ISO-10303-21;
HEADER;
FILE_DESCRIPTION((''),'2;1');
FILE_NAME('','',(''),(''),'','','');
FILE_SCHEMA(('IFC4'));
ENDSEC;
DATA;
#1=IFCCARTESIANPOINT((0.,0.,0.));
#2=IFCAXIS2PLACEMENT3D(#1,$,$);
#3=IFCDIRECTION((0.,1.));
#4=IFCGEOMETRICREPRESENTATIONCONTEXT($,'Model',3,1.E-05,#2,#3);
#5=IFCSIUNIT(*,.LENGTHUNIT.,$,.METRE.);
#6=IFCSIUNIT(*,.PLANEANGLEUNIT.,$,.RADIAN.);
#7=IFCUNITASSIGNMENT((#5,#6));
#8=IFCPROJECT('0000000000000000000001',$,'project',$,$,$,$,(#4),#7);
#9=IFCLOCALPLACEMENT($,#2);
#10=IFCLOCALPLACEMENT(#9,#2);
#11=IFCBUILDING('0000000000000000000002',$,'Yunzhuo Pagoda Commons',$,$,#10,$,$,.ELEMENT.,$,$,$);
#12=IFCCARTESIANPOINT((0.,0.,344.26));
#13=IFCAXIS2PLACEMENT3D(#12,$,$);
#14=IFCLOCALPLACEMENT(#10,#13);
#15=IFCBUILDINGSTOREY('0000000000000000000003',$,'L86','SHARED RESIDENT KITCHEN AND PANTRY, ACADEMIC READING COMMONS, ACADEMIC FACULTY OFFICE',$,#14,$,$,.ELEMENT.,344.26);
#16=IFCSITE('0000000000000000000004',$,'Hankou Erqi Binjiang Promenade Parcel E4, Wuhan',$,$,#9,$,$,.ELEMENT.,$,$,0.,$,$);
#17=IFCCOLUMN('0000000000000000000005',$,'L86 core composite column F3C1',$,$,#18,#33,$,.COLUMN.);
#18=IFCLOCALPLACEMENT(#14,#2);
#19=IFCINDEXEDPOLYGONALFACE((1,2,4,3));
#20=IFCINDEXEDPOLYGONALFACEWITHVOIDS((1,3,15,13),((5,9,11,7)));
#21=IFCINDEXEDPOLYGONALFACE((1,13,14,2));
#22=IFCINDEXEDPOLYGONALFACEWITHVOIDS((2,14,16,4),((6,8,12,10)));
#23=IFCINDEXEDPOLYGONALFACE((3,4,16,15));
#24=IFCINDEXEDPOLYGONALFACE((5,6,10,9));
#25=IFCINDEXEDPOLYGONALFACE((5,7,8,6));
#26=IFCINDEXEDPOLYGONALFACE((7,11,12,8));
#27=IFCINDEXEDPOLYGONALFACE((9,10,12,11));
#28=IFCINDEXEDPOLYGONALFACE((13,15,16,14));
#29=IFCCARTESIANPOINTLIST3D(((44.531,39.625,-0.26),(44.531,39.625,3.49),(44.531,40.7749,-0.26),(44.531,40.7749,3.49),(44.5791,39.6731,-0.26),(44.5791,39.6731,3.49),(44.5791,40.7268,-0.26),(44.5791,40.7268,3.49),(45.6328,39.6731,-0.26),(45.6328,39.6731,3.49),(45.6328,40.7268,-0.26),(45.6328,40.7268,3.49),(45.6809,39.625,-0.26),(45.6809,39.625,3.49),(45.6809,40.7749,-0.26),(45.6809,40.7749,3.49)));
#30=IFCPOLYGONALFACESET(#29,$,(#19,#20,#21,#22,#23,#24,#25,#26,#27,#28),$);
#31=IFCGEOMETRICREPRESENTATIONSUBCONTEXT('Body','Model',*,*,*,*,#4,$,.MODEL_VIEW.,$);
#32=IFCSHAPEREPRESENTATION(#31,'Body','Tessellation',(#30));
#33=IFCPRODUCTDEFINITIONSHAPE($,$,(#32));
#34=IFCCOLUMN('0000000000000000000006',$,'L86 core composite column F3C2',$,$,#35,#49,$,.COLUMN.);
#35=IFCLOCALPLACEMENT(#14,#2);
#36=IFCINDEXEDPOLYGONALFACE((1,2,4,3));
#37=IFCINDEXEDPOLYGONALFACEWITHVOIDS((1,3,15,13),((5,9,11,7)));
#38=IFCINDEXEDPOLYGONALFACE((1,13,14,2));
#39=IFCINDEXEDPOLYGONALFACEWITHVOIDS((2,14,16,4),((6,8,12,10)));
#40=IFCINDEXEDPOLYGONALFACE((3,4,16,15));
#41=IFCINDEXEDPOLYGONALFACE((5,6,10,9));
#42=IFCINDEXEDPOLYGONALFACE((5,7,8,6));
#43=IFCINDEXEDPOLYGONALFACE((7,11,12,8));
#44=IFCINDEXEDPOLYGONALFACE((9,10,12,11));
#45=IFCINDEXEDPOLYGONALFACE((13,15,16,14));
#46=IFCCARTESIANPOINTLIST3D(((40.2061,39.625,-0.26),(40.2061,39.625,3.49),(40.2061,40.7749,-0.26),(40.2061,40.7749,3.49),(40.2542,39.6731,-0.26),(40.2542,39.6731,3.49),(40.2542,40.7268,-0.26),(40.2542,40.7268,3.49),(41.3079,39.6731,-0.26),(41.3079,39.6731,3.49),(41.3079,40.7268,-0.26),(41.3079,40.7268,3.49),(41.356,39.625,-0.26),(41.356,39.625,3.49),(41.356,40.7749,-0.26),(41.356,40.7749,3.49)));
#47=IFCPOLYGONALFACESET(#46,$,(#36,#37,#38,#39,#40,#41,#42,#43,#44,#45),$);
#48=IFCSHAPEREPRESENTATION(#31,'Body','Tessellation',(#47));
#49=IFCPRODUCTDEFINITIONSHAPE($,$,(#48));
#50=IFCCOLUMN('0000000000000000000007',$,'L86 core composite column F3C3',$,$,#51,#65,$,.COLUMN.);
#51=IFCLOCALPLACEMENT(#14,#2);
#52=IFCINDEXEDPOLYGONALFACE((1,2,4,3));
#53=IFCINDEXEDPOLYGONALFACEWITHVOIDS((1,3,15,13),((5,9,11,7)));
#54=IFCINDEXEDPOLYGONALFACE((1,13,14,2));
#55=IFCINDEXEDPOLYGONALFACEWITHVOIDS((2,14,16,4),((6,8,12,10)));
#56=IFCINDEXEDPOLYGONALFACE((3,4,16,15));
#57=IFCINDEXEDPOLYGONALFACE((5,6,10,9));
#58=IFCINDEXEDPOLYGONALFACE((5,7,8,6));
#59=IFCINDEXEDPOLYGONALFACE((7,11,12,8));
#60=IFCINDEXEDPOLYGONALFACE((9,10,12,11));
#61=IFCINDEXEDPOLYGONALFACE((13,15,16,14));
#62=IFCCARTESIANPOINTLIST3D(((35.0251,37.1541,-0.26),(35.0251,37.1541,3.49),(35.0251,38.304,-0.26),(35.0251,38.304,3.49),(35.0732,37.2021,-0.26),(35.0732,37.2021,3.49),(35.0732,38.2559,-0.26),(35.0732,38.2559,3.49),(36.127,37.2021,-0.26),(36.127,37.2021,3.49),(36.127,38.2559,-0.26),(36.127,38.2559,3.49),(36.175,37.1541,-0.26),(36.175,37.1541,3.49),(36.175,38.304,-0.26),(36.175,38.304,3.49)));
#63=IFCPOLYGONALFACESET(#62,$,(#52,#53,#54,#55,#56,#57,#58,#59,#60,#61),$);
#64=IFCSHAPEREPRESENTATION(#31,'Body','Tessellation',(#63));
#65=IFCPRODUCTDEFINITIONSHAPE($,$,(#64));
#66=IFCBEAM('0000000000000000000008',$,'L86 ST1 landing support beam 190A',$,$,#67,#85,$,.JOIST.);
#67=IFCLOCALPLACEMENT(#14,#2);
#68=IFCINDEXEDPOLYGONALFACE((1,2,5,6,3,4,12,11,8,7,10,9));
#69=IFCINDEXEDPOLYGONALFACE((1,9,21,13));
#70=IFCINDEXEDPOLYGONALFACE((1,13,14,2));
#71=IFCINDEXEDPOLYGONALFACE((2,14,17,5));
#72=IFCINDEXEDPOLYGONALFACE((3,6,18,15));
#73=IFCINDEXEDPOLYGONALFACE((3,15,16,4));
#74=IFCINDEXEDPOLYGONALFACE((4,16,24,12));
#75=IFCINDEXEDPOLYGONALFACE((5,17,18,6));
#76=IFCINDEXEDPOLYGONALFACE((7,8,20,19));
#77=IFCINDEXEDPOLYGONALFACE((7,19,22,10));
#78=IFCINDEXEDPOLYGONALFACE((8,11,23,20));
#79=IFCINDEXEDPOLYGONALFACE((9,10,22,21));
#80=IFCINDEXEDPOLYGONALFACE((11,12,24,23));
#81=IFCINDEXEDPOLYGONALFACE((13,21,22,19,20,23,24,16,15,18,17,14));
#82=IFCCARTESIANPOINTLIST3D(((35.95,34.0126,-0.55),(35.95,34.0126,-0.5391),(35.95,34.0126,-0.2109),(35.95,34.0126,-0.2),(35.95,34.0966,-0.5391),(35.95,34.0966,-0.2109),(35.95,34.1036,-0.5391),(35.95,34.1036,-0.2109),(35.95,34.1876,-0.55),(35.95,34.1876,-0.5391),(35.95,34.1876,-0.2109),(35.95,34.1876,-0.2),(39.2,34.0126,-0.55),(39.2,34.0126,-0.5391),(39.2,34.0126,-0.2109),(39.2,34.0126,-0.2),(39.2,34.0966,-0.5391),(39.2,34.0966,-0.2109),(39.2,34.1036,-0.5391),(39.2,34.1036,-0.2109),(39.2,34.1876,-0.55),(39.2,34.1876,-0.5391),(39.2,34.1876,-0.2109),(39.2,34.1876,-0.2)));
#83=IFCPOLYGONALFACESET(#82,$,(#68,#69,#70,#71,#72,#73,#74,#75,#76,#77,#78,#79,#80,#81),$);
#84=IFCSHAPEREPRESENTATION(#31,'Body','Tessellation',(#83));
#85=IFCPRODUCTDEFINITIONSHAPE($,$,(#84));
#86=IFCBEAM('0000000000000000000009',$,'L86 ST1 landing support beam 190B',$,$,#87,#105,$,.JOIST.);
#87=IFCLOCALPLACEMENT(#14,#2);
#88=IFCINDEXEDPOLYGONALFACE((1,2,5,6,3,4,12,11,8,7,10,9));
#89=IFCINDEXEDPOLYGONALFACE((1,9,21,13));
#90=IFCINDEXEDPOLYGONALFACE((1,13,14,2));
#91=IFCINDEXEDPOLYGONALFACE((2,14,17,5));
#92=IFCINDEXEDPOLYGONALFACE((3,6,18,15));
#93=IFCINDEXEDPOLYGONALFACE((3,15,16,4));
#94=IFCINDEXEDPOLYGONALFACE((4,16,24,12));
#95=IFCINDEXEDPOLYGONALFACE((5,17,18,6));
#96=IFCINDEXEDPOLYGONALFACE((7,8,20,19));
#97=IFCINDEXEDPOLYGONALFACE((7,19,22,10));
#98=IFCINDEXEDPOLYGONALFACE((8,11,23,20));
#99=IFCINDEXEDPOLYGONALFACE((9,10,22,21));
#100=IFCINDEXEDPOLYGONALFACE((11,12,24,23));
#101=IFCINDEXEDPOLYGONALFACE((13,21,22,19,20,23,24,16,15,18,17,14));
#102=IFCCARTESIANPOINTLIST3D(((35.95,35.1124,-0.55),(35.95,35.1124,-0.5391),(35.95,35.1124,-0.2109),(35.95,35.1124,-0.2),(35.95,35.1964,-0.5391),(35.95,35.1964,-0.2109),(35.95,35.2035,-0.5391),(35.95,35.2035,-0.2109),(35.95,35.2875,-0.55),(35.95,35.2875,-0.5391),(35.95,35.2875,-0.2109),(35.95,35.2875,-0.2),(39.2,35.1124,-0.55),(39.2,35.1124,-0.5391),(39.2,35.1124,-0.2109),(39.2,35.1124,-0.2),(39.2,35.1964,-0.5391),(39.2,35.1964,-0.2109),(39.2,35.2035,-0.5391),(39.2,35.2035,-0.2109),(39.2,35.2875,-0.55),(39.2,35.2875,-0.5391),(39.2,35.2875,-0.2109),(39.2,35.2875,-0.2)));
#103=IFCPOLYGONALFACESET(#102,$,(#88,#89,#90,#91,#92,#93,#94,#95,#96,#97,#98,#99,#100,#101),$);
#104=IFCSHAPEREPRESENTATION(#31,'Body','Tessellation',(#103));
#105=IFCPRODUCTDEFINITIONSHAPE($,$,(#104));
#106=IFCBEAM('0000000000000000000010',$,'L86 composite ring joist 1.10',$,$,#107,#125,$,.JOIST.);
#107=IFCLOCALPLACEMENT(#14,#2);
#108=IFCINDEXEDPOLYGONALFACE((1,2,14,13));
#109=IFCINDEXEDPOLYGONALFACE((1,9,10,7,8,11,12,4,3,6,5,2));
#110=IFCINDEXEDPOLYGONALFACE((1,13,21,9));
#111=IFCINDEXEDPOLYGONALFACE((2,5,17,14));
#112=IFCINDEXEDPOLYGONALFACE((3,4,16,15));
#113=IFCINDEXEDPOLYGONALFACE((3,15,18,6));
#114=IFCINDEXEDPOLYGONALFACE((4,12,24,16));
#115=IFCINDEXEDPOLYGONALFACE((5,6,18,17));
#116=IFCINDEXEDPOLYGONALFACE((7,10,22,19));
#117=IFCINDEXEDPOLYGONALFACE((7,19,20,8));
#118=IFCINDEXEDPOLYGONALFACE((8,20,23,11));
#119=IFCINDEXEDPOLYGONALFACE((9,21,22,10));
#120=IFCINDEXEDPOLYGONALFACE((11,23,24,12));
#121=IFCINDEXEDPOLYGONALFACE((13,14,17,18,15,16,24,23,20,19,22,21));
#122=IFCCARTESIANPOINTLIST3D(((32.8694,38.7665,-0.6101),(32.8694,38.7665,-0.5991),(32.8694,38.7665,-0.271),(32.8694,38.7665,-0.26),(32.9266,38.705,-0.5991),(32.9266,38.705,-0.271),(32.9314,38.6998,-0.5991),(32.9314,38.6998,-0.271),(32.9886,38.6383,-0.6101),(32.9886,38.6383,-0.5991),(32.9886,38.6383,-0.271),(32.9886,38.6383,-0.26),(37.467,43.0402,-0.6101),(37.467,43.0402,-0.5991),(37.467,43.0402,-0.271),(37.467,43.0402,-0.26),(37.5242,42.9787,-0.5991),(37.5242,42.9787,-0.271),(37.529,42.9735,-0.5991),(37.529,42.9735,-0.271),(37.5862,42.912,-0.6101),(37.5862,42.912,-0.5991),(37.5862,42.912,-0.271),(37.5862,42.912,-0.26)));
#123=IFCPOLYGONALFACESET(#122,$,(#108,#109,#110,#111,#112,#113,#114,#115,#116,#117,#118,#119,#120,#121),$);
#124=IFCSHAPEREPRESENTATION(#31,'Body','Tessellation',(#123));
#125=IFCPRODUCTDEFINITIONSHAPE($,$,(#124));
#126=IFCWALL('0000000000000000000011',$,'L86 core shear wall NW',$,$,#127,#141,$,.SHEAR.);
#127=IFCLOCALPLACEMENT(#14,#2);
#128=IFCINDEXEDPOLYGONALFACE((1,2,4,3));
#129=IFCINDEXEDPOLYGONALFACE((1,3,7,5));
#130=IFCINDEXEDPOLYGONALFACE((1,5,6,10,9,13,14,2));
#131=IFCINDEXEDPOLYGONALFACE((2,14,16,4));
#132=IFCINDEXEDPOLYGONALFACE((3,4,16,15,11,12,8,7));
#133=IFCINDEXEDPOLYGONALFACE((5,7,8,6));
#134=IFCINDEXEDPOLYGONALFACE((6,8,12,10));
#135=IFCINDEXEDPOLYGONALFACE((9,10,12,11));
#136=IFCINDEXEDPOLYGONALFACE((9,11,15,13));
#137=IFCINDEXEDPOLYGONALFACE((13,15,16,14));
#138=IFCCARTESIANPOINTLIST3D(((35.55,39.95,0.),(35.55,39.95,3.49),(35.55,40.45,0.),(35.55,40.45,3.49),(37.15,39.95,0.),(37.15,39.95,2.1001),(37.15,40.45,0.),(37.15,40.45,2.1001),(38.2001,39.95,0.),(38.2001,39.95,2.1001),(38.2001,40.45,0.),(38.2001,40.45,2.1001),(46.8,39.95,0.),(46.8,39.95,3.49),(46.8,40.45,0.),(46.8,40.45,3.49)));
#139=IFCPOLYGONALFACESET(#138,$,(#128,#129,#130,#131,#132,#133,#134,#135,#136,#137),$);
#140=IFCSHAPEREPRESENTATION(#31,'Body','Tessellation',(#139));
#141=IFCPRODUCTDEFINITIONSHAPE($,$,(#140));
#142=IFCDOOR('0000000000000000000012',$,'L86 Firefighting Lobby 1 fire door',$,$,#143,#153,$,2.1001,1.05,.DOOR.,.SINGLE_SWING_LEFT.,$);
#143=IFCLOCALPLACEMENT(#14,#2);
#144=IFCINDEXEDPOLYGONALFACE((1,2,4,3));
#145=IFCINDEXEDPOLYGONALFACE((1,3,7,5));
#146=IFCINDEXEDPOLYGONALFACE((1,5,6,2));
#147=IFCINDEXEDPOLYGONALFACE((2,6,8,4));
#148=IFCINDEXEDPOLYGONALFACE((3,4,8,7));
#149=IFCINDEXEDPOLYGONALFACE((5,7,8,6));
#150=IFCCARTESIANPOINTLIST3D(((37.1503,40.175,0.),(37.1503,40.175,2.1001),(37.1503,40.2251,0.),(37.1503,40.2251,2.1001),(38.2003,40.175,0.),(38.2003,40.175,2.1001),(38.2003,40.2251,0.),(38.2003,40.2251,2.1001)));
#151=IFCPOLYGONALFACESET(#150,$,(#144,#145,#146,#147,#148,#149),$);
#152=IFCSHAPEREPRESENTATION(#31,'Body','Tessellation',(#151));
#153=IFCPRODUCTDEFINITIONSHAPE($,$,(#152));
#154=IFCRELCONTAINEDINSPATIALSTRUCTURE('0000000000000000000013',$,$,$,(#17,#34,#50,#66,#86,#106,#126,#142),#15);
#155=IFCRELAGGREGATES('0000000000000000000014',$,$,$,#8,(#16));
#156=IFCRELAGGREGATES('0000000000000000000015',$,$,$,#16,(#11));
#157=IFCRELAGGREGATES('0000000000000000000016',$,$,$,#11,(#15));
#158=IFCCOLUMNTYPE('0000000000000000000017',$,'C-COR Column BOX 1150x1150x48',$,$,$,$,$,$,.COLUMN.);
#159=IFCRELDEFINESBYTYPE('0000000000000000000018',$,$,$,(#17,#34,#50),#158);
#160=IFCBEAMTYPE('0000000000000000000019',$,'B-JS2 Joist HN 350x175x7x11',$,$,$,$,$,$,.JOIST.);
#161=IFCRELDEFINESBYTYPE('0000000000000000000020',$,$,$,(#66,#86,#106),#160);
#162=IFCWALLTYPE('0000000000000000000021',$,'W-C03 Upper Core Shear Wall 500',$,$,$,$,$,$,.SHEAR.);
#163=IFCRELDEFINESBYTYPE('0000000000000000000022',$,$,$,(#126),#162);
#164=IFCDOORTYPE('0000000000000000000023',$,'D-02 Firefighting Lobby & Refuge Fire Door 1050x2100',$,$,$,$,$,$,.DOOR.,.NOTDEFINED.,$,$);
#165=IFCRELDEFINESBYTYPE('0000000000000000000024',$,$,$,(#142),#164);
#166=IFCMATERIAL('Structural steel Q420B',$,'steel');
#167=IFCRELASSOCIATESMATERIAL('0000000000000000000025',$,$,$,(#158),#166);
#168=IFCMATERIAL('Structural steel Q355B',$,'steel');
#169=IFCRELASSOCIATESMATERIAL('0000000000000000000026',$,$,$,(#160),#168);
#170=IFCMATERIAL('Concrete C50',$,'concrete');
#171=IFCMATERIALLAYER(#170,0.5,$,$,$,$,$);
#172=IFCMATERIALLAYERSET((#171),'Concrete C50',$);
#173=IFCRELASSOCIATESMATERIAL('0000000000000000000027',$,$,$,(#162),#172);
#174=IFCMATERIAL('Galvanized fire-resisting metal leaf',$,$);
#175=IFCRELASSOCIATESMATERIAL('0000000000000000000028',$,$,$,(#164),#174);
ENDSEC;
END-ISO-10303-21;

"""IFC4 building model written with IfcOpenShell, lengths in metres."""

from ifc_helpers import new_model, si_unit, direction, frame, frame_2d, origin, origin_2d, place, context, subcontext, project, spatial, rectangle, hollow_rectangle, i_section, extrude, source, transform, mapped, material, layer, layer_set, material_profile, profile_set, type_object, element, fill, save


model = new_model("IFC4")

# Units and contexts
model_context = context("Model", 3, precision=1e-05, world=origin(), true_north=direction((0.0, 1.0)))
body_context = subcontext(model_context, "Body", "Model", "MODEL_VIEW")
ifc_project = project(units=[si_unit("LENGTHUNIT", "METRE"), si_unit("PLANEANGLEUNIT", "RADIAN")], contexts=[model_context])

# Site, building, storey
site_placement = place(None, origin())
site = spatial("IfcSite", under=ifc_project, at=site_placement, Name="Hankou Erqi Binjiang Promenade Parcel E4, Wuhan", CompositionType="ELEMENT", RefElevation=0.0)
building_placement = place(site_placement, origin())
building = spatial("IfcBuilding", under=site, at=building_placement, Name="Yunzhuo Pagoda Commons", CompositionType="ELEMENT")
storey_placement = place(building_placement, frame((0.0, 0.0, 344.26)))
storey = spatial("IfcBuildingStorey", under=building, at=storey_placement, Name="L86", Description="SHARED RESIDENT KITCHEN AND PANTRY, ACADEMIC READING COMMONS, ACADEMIC FACULTY OFFICE", CompositionType="ELEMENT", Elevation=344.26)

# Columns
ifc_material_1 = material(Name="Structural steel Q420B", Category="steel")
ifc_material_profile_1 = material_profile(ifc_material_1, hollow_rectangle(XDim=1.1499, YDim=1.1499, WallThickness=0.0481, at=origin_2d()), Name="Structural steel Q420B")
ifc_profile_set_1 = profile_set([ifc_material_profile_1], Name="Structural steel Q420B")
column_type = type_object("IfcColumnType", Name="C-COR Column BOX 1150x1150x48", PredefinedType="COLUMN", material=ifc_profile_set_1)
shared_shape_1 = source(origin(), body_context, "Body", "SweptSolid", [
    extrude(hollow_rectangle(XDim=1.1499, YDim=1.1499, WallThickness=0.0481, at=origin_2d()), origin(), (0.0, 0.0, 1.0), 3.75),
])
for number, where, z_axis, x_axis, name in (
    (1, (45.106, 40.2, -0.26), (0.0, 0.0, 1.0), (1.0, 0.0, 0.0), "L86 core composite column F3C1"),
    (2, (40.781, 40.2, -0.26), (0.0, 0.0, 1.0), (1.0, 0.0, 0.0), "L86 core composite column F3C2"),
    (3, (35.6001, 37.729, -0.26), (0.0, 0.0, 1.0), (1.0, 0.0, 0.0), "L86 core composite column F3C3"),
):
    element("IfcColumn", number, at=place(storey_placement, frame(where, z_axis=z_axis, x_axis=x_axis)), inside=storey, type_object=column_type, Name=name, PredefinedType="COLUMN", context=body_context, shape_type="MappedRepresentation", body=[
        mapped(shared_shape_1, transform((0.0, 0.0, 0.0), scale=1.0)),
    ])

# Beams
ifc_material_2 = material(Name="Structural steel Q355B", Category="steel")
ifc_material_profile_2 = material_profile(ifc_material_2, i_section(OverallWidth=0.175, OverallDepth=0.3501, WebThickness=0.0071, FlangeThickness=0.011, at=origin_2d()), Name="Structural steel Q355B")
ifc_profile_set_2 = profile_set([ifc_material_profile_2], Name="Structural steel Q355B")
beam_type = type_object("IfcBeamType", Name="B-JS2 Joist HN 350x175x7x11", PredefinedType="JOIST", material=ifc_profile_set_2)
shared_shape_2 = source(origin(), body_context, "Body", "SweptSolid", [
    extrude(i_section(OverallWidth=0.175, OverallDepth=0.3501, WebThickness=0.0071, FlangeThickness=0.011, at=origin_2d()), origin(), (0.0, 0.0, 1.0), 3.25),
])
for number, where, z_axis, x_axis, name in (
    (4, (35.95, 34.1001, -0.375), (1.0, 0.0, 0.0), (0.0, 1.0, 0.0), "L86 ST1 landing support beam 190A"),
    (5, (35.95, 35.2, -0.375), (1.0, 0.0, 0.0), (0.0, 1.0, 0.0), "L86 ST1 landing support beam 190B"),
):
    element("IfcBeam", number, at=place(storey_placement, frame(where, z_axis=z_axis, x_axis=x_axis)), inside=storey, type_object=beam_type, Name=name, PredefinedType="JOIST", context=body_context, shape_type="MappedRepresentation", body=[
        mapped(shared_shape_2, transform((0.0, 0.0, 0.0), scale=1.0)),
    ])
shared_shape_3 = source(origin(), body_context, "Body", "SweptSolid", [
    extrude(i_section(OverallWidth=0.175, OverallDepth=0.3501, WebThickness=0.0071, FlangeThickness=0.011, at=origin_2d()), origin(), (0.0, 0.0, 1.0), 6.2771),
])
beam_placement = place(storey_placement, frame((37.5266, 42.9761, -0.4351), z_axis=(-0.732442, -0.68083, 0.0), x_axis=(0.68083, -0.732442, 0.0)))
element("IfcBeam", 6, at=beam_placement, inside=storey, type_object=beam_type, Name="L86 composite ring joist 1.10", PredefinedType="JOIST", context=body_context, shape_type="MappedRepresentation", body=[
    mapped(shared_shape_3, transform((0.0, 0.0, 0.0), scale=1.0)),
])

# Wall, opening, door
ifc_material_3 = material(Name="Concrete C50", Category="concrete")
ifc_layer_1 = layer(ifc_material_3, 0.5)
ifc_layer_set_1 = layer_set([ifc_layer_1], Name="Concrete C50")
wall_type_1 = type_object("IfcWallType", Name="W-C03 Upper Core Shear Wall 500", PredefinedType="SHEAR", material=ifc_layer_set_1)
wall_1_placement = place(storey_placement, frame((35.55, 40.2, 0.0), z_axis=(0.0, 0.0, 1.0), x_axis=(1.0, 0.0, 0.0)))
wall_1 = element("IfcWall", 7, at=wall_1_placement, inside=storey, type_object=wall_type_1, Name="L86 core shear wall NW", PredefinedType="SHEAR", context=body_context, shape_type="SweptSolid", body=[
    extrude(rectangle(XDim=11.25, YDim=0.5, at=frame_2d((5.625, 0.0))), origin(), (0.0, 0.0, 1.0), 3.49),
])
opening_1_placement = place(wall_1_placement, frame((1.6001, 0.0, 0.0)))
opening_1 = element("IfcOpeningElement", 8, at=opening_1_placement, cuts=wall_1, PredefinedType="OPENING", context=body_context, shape_type="SweptSolid", body=[
    extrude(rectangle(XDim=1.05, YDim=2.1001, at=frame_2d((0.5249, 1.05))), frame((0.0, 0.26, 0.0), z_axis=(0.0, -1.0, 0.0), x_axis=(1.0, 0.0, 0.0)), (0.0, 0.0, 1.0), 0.52),
])
ifc_material_4 = material(Name="Galvanized fire-resisting metal leaf")
door_type_1 = type_object("IfcDoorType", Name="D-02 Firefighting Lobby & Refuge Fire Door 1050x2100", OperationType="NOTDEFINED", PredefinedType="DOOR", material=ifc_material_4)
shared_shape_4 = source(origin(), body_context, "Body", "SweptSolid", [
    extrude(rectangle(XDim=1.05, YDim=2.1001, at=frame_2d((0.5249, 1.05))), frame((0.0, 0.0249, 0.0), z_axis=(0.0, -1.0, 0.0), x_axis=(1.0, 0.0, 0.0)), (0.0, 0.0, 1.0), 0.05),
])
door_1_placement = place(opening_1_placement, frame((1.05, 0.0, 0.0), z_axis=(0.0, 0.0, 1.0), x_axis=(-1.0, 0.0, 0.0)))
door_1 = element("IfcDoor", 9, at=door_1_placement, inside=storey, type_object=door_type_1, Name="L86 Firefighting Lobby 1 fire door", OperationType="SINGLE_SWING_LEFT", OverallHeight=2.1001, OverallWidth=1.05, PredefinedType="DOOR", context=body_context, shape_type="MappedRepresentation", body=[
    mapped(shared_shape_4, transform((0.0, 0.0, 0.0), scale=1.0)),
])
fill(opening_1, door_1)

save(model, "model.ifc")
